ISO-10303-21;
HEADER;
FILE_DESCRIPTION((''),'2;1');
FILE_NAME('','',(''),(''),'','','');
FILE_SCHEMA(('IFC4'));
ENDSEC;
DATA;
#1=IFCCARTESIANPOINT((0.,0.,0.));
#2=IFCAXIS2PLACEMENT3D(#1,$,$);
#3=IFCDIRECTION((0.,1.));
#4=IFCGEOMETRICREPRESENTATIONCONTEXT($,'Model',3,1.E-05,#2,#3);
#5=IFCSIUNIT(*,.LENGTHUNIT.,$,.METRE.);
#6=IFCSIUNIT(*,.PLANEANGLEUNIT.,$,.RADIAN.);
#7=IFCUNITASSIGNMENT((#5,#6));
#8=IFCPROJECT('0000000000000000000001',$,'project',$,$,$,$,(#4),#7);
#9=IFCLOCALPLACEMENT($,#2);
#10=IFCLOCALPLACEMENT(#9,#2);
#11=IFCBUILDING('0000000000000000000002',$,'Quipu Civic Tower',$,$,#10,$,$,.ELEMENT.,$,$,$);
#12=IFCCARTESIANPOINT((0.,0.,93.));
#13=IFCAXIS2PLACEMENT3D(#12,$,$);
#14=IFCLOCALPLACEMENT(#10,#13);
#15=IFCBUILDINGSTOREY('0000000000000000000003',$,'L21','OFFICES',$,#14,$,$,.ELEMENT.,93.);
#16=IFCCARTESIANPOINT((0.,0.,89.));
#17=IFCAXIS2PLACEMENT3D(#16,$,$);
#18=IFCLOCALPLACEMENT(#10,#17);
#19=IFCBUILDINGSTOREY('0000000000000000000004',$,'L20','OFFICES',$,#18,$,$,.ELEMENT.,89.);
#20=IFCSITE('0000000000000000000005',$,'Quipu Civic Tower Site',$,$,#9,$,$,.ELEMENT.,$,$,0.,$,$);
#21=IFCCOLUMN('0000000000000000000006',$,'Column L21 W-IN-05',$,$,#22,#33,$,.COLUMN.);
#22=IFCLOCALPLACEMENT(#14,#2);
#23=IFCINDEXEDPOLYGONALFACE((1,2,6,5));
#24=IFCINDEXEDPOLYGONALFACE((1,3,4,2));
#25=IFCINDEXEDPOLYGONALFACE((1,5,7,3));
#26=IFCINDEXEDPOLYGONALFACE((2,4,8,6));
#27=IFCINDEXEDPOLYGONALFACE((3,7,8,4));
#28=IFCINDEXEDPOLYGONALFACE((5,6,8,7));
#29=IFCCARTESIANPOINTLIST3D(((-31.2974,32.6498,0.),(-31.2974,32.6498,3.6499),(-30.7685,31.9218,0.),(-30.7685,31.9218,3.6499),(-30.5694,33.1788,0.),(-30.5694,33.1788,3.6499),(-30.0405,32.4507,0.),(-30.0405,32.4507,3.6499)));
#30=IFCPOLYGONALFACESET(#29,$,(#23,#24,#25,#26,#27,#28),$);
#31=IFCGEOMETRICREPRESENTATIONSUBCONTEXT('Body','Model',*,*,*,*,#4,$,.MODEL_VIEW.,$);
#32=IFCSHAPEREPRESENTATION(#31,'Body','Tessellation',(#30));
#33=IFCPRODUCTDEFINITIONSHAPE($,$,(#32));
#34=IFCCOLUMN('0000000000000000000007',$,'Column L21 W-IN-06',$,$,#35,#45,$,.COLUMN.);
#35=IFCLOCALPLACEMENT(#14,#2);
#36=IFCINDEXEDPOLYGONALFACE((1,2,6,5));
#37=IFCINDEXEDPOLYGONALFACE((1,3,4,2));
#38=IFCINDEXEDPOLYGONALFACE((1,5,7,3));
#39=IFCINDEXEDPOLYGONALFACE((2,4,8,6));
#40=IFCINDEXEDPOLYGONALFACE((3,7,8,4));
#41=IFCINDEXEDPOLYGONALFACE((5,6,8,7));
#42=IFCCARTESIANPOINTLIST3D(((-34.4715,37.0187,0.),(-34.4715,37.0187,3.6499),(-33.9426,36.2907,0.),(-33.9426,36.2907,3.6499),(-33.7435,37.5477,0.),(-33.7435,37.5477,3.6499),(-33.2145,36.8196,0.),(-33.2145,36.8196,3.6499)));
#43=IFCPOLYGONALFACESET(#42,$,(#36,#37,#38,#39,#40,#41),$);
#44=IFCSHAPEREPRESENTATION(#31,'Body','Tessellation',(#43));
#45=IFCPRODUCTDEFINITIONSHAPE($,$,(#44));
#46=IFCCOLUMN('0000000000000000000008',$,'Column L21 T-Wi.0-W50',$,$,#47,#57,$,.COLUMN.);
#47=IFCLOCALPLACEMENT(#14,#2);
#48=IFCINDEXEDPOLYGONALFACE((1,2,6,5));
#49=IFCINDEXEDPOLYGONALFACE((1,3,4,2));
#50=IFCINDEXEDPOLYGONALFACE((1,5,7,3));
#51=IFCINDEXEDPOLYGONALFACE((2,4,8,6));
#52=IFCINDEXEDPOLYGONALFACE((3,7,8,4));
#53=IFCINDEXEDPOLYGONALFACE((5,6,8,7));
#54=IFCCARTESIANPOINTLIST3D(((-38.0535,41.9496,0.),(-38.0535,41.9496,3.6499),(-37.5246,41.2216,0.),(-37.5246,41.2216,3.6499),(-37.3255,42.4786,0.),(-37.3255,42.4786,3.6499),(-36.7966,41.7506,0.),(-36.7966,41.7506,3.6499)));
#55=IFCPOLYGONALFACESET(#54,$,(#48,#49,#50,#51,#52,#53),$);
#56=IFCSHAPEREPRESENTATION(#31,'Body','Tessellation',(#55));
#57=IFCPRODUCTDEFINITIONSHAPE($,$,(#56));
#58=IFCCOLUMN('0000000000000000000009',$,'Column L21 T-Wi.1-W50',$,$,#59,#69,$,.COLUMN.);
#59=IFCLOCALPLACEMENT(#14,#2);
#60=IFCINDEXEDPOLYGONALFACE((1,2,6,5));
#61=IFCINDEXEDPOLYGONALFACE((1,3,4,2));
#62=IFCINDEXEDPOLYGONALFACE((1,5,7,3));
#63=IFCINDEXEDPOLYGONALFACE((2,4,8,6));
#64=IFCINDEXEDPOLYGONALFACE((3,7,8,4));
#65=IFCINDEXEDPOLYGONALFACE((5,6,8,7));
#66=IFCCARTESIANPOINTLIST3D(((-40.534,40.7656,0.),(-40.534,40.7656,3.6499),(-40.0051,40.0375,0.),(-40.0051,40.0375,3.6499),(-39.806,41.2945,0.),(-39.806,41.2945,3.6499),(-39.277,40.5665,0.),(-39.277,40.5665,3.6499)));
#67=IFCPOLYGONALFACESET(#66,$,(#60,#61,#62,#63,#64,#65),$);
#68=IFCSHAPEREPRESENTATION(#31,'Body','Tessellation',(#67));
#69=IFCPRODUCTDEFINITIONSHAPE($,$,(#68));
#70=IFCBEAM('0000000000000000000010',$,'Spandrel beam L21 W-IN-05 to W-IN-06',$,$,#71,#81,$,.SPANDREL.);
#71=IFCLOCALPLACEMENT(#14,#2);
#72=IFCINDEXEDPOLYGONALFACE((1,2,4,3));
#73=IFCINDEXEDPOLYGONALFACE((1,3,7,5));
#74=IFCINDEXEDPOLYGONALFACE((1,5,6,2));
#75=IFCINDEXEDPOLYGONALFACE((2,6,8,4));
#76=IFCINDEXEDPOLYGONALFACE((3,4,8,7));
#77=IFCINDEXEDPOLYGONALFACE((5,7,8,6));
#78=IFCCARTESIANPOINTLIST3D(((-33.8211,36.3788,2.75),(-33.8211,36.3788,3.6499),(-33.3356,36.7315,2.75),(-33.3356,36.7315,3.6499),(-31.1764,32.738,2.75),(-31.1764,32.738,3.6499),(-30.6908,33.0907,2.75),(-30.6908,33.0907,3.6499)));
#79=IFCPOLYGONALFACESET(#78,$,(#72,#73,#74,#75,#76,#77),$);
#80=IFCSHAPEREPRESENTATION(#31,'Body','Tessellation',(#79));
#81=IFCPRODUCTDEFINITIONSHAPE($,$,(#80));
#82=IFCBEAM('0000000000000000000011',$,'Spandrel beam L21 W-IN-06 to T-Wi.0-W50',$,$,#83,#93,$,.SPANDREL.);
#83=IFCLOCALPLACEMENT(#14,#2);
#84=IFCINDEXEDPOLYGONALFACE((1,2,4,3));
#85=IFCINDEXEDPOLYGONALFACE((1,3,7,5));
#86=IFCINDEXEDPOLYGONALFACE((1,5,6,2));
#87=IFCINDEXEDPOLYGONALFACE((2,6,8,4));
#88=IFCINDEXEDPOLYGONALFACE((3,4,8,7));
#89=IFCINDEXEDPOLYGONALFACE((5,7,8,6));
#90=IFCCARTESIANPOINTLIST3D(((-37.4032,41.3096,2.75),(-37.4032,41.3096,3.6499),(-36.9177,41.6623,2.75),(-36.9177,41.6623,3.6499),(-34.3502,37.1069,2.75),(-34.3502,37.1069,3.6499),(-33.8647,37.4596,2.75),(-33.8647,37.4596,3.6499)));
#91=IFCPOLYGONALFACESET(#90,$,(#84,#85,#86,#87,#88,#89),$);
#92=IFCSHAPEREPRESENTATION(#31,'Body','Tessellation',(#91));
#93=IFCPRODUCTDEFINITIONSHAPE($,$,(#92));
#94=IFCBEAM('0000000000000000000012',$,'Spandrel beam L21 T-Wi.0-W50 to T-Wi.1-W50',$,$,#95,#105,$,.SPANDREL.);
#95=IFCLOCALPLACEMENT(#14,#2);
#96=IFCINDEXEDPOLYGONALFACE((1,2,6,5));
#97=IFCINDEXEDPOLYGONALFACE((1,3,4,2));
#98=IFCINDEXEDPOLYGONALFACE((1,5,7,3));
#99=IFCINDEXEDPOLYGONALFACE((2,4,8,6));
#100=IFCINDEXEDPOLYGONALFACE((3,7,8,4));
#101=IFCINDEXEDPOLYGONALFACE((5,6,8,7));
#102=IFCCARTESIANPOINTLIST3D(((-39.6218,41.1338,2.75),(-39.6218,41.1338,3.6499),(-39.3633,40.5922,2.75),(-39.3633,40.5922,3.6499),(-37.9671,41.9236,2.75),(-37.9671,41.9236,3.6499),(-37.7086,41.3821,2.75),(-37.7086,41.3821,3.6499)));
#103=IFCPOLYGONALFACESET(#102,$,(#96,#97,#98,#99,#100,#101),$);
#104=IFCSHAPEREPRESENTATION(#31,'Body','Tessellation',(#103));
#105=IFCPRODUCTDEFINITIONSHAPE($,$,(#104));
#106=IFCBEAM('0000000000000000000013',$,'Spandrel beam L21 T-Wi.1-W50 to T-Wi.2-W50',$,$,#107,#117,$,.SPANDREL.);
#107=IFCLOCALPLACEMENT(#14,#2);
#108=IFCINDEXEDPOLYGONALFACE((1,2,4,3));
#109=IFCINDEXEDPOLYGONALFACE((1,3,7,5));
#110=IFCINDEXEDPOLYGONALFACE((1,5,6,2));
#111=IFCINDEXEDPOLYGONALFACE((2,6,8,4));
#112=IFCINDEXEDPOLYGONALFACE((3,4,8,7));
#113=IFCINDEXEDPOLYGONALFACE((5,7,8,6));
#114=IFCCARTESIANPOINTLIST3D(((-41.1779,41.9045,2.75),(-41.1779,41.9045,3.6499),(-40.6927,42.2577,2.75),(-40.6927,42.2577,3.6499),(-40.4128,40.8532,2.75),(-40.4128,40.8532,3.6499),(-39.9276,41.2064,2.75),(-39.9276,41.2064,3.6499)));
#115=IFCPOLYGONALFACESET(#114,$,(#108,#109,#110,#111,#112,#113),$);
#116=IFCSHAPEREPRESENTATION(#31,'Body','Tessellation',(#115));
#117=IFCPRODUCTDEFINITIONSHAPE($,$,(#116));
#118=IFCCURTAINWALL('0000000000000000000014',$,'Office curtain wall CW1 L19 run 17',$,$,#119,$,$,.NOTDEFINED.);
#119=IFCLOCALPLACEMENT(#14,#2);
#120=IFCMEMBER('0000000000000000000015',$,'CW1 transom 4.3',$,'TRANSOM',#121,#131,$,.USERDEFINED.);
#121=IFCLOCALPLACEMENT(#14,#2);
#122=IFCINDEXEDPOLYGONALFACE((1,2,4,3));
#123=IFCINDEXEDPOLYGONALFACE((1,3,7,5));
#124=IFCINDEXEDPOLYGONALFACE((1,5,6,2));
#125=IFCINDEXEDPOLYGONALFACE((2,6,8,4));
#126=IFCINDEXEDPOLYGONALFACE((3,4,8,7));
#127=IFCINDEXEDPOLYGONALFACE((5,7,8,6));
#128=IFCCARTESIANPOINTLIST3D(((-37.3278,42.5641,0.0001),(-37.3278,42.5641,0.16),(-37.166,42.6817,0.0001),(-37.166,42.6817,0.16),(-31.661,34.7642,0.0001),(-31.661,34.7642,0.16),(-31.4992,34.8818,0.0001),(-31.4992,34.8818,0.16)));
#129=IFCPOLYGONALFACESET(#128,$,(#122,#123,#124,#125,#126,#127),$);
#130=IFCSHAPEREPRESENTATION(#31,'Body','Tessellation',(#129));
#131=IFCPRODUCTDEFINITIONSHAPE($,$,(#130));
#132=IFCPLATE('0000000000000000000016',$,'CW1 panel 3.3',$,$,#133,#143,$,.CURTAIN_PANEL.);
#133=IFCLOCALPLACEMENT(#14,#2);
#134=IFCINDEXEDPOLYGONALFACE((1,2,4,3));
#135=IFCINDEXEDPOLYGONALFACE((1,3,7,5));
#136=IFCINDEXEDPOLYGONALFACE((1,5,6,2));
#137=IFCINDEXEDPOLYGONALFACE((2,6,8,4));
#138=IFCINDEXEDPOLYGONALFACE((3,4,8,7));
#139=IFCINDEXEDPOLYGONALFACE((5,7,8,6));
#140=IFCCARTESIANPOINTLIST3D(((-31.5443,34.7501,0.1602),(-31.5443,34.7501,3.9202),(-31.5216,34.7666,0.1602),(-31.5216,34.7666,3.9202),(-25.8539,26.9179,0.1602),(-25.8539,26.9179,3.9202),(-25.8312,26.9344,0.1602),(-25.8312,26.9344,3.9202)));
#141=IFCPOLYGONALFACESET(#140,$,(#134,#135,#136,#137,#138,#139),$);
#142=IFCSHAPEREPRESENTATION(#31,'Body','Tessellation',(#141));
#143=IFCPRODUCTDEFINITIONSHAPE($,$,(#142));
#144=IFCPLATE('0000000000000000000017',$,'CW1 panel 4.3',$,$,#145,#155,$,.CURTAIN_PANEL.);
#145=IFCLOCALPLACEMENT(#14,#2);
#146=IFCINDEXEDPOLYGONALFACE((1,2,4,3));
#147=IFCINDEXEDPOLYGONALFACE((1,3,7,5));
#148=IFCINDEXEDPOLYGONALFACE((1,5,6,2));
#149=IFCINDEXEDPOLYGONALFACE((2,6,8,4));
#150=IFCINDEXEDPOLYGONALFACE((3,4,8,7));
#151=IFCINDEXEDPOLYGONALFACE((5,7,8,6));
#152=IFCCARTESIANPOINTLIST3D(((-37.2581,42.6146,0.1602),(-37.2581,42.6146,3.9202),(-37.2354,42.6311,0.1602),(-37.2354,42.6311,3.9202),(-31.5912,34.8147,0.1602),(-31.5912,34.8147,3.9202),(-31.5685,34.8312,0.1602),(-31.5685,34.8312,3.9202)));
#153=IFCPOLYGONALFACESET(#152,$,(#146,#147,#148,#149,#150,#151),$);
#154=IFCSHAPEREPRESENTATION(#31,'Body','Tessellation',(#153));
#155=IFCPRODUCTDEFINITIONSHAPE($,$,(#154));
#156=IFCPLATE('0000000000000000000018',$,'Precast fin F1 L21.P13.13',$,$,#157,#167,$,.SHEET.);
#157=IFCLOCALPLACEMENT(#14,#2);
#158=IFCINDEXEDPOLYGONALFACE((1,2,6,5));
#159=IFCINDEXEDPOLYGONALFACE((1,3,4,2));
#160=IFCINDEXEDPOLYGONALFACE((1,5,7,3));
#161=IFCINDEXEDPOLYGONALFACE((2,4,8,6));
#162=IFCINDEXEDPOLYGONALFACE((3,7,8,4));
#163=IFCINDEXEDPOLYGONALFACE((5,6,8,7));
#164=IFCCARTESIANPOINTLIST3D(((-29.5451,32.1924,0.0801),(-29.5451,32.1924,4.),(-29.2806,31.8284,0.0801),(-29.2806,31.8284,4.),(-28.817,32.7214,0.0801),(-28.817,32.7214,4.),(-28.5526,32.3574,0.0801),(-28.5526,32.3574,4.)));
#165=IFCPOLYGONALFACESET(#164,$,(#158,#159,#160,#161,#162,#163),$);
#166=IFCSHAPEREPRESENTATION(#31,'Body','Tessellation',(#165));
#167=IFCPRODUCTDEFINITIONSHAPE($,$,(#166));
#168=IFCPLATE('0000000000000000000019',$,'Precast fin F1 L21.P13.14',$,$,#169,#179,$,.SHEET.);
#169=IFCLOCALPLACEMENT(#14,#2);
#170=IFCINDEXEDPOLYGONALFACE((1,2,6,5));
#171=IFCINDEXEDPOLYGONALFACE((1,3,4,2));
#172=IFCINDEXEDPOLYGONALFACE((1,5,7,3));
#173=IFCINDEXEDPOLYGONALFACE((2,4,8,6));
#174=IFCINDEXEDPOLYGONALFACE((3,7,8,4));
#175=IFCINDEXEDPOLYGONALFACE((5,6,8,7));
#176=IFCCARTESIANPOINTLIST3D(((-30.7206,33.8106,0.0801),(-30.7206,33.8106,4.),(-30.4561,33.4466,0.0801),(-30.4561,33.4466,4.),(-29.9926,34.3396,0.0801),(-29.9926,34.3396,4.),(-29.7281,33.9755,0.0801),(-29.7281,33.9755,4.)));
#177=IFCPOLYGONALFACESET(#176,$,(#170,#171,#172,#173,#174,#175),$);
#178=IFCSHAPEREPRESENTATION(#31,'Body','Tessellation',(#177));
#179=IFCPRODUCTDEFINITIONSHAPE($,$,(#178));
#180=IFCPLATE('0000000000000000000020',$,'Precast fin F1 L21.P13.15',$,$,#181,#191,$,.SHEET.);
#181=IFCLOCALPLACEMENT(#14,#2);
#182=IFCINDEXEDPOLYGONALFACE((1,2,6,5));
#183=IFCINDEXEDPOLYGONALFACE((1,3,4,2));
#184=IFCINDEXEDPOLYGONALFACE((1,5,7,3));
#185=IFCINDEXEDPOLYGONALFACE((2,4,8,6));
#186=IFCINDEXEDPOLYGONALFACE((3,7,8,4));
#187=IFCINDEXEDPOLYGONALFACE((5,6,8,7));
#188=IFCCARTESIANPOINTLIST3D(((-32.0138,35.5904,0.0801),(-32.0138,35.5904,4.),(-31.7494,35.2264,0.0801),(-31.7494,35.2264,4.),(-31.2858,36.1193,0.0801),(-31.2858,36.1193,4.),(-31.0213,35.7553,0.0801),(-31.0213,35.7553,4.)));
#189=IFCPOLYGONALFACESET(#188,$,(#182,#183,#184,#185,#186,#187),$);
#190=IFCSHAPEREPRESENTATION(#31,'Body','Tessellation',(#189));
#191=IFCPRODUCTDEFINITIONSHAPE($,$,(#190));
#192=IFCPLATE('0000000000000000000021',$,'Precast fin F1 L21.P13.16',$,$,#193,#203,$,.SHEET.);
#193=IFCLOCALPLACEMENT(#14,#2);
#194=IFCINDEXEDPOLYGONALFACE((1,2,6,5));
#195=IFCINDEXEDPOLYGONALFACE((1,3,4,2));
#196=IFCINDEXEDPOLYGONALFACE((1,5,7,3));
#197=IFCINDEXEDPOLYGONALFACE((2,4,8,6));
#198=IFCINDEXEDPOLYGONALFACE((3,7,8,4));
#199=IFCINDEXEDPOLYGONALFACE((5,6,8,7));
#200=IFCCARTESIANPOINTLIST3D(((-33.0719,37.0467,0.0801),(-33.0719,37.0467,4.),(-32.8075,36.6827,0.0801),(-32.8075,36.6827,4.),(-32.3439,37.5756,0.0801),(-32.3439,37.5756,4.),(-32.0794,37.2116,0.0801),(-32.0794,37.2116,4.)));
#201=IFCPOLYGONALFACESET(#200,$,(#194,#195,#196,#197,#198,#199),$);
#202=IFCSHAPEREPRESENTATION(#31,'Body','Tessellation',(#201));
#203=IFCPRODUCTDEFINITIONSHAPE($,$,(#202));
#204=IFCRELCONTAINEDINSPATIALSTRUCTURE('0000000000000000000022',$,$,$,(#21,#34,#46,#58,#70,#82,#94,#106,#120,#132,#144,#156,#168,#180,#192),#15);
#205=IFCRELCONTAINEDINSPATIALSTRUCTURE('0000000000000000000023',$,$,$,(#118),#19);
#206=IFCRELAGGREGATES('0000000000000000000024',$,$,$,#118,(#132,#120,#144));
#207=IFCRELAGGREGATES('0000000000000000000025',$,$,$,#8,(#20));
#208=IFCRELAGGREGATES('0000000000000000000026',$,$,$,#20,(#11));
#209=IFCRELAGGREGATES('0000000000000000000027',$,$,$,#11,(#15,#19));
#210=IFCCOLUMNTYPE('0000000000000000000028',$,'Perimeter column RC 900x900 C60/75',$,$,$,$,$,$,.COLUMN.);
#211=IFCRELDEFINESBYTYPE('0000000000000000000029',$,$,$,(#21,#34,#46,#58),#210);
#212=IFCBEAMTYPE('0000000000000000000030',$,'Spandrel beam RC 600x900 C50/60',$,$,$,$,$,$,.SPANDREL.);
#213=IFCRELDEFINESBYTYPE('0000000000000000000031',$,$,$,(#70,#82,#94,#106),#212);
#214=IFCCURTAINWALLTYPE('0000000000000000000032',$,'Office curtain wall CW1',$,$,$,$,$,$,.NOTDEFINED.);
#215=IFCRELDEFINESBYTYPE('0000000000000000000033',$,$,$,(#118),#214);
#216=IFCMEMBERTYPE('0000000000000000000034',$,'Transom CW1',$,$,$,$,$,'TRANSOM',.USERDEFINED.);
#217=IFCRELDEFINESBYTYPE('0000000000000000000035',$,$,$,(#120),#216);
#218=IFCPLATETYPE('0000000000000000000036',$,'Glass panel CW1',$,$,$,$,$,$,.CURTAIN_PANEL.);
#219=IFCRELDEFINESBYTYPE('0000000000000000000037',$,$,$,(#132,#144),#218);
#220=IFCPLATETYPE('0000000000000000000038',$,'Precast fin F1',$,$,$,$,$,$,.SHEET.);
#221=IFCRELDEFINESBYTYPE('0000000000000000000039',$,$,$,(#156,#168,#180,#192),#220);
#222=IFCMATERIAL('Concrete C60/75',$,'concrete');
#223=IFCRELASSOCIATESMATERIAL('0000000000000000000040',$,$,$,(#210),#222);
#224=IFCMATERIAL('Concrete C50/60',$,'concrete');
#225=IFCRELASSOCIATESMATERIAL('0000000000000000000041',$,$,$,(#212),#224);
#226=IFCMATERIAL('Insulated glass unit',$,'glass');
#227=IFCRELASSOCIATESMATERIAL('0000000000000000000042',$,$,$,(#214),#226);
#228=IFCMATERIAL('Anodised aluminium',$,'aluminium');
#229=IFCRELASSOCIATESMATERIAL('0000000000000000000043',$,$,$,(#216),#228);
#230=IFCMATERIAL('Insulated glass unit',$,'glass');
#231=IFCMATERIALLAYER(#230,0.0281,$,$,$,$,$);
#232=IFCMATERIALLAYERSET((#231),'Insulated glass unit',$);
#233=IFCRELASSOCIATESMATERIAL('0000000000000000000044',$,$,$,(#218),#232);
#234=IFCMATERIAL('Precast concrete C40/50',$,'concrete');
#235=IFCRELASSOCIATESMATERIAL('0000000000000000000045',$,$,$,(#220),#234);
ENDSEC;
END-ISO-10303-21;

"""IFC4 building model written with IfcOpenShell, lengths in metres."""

from ifc_helpers import new_model, si_unit, direction, frame, origin, origin_2d, place, context, subcontext, project, spatial, rectangle, extrude, material, layer, layer_set, material_profile, profile_set, type_object, element, aggregate, save


model = new_model("IFC4")

# Units and contexts
model_context = context("Model", 3, precision=1e-05, world=origin(), true_north=direction((0.0, 1.0)))
body_context = subcontext(model_context, "Body", "Model", "MODEL_VIEW")
ifc_project = project(units=[si_unit("LENGTHUNIT", "METRE"), si_unit("PLANEANGLEUNIT", "RADIAN")], contexts=[model_context])

# Site, building, storey
site_placement = place(None, origin())
site = spatial("IfcSite", under=ifc_project, at=site_placement, Name="Quipu Civic Tower Site", CompositionType="ELEMENT", RefElevation=0.0)
building_placement = place(site_placement, origin())
building = spatial("IfcBuilding", under=site, at=building_placement, Name="Quipu Civic Tower", CompositionType="ELEMENT")
storey_1_placement = place(building_placement, frame((0.0, 0.0, 93.0)))
storey_1 = spatial("IfcBuildingStorey", under=building, at=storey_1_placement, Name="L21", Description="OFFICES", CompositionType="ELEMENT", Elevation=93.0)

# Columns
ifc_material_1 = material(Name="Concrete C60/75", Category="concrete")
ifc_material_profile_1 = material_profile(ifc_material_1, rectangle(XDim=0.8999, YDim=0.8999, at=origin_2d()), Name="RC900x900")
ifc_profile_set_1 = profile_set([ifc_material_profile_1], Name="Concrete C60/75")
column_type = type_object("IfcColumnType", Name="Perimeter column RC 900x900 C60/75", PredefinedType="COLUMN", material=ifc_profile_set_1)
for number, where, z_axis, x_axis, name in (
    (1, (-30.6689, 32.5503, 0.0), (0.0, 0.0, 1.0), (-0.587785, 0.809017, 0.0), "Column L21 W-IN-05"),
    (2, (-33.843, 36.9192, 0.0), (0.0, 0.0, 1.0), (-0.587785, 0.809017, 0.0), "Column L21 W-IN-06"),
    (3, (-37.425, 41.8501, 0.0), (0.0, 0.0, 1.0), (-0.587785, 0.809017, 0.0), "Column L21 T-Wi.0-W50"),
    (4, (-39.9055, 40.666, 0.0), (0.0, 0.0, 1.0), (-0.587785, 0.809017, 0.0), "Column L21 T-Wi.1-W50"),
):
    element("IfcColumn", number, at=place(storey_1_placement, frame(where, z_axis=z_axis, x_axis=x_axis)), inside=storey_1, type_object=column_type, Name=name, PredefinedType="COLUMN", context=body_context, shape_type="SweptSolid", body=[
        extrude(rectangle(XDim=0.8999, YDim=0.8999, at=origin_2d()), origin(), (0.0, 0.0, 1.0), 3.6499),
    ])

# Beams
ifc_material_2 = material(Name="Concrete C50/60", Category="concrete")
ifc_material_profile_2 = material_profile(ifc_material_2, rectangle(XDim=0.6001, YDim=0.8999, at=origin_2d()), Name="RC600x900")
ifc_profile_set_2 = profile_set([ifc_material_profile_2], Name="Concrete C50/60")
beam_type = type_object("IfcBeamType", Name="Spandrel beam RC 600x900 C50/60", PredefinedType="SPANDREL", material=ifc_profile_set_2)
beam_1_placement = place(storey_1_placement, frame((-30.9336, 32.9143, 3.2), z_axis=(-0.587717, 0.809067, 0.0), x_axis=(-0.809067, -0.587717, 0.0)))
element("IfcBeam", 5, at=beam_1_placement, inside=storey_1, type_object=beam_type, Name="Spandrel beam L21 W-IN-05 to W-IN-06", PredefinedType="SPANDREL", context=body_context, shape_type="SweptSolid", body=[
    extrude(rectangle(XDim=0.6001, YDim=0.8999, at=origin_2d()), origin(), (0.0, 0.0, 1.0), 4.5),
])
beam_2_placement = place(storey_1_placement, frame((-34.1074, 37.2832, 3.2), z_axis=(-0.587733, 0.809055, 0.0), x_axis=(-0.809055, -0.587733, 0.0)))
element("IfcBeam", 6, at=beam_2_placement, inside=storey_1, type_object=beam_type, Name="Spandrel beam L21 W-IN-06 to T-Wi.0-W50", PredefinedType="SPANDREL", context=body_context, shape_type="SweptSolid", body=[
    extrude(rectangle(XDim=0.6001, YDim=0.8999, at=origin_2d()), origin(), (0.0, 0.0, 1.0), 5.1946),
])
beam_3_placement = place(storey_1_placement, frame((-37.8379, 41.6528, 3.2), z_axis=(-0.902454, -0.430786, 0.0), x_axis=(0.430786, -0.902454, 0.0)))
element("IfcBeam", 7, at=beam_3_placement, inside=storey_1, type_object=beam_type, Name="Spandrel beam L21 T-Wi.0-W50 to T-Wi.1-W50", PredefinedType="SPANDREL", context=body_context, shape_type="SweptSolid", body=[
    extrude(rectangle(XDim=0.6001, YDim=0.8999, at=origin_2d()), origin(), (0.0, 0.0, 1.0), 1.8335),
])
beam_4_placement = place(storey_1_placement, frame((-40.1702, 41.0298, 3.2), z_axis=(-0.588462, 0.808525, 0.0), x_axis=(-0.808525, -0.588462, 0.0)))
element("IfcBeam", 8, at=beam_4_placement, inside=storey_1, type_object=beam_type, Name="Spandrel beam L21 T-Wi.1-W50 to T-Wi.2-W50", PredefinedType="SPANDREL", context=body_context, shape_type="SweptSolid", body=[
    extrude(rectangle(XDim=0.6001, YDim=0.8999, at=origin_2d()), origin(), (0.0, 0.0, 1.0), 1.3003),
])

# Shared definitions
storey_2_placement = place(building_placement, frame((0.0, 0.0, 89.0)))
storey_2 = spatial("IfcBuildingStorey", under=building, at=storey_2_placement, Name="L20", Description="OFFICES", CompositionType="ELEMENT", Elevation=89.0)

# Curtain wall, member, plates
ifc_material_3 = material(Name="Insulated glass unit", Category="glass")
curtain_wall_type = type_object("IfcCurtainWallType", Name="Office curtain wall CW1", PredefinedType="NOTDEFINED", material=ifc_material_3)
curtain_wall_placement = place(storey_2_placement, origin())
curtain_wall = element("IfcCurtainWall", 9, at=curtain_wall_placement, inside=storey_2, type_object=curtain_wall_type, Name="Office curtain wall CW1 L19 run 17", PredefinedType="NOTDEFINED")
ifc_material_4 = material(Name="Anodised aluminium", Category="aluminium")
ifc_material_profile_3 = material_profile(ifc_material_4, rectangle(XDim=0.2, YDim=0.1599, at=origin_2d()), Name="RECT 200x160")
ifc_profile_set_3 = profile_set([ifc_material_profile_3], Name="Anodised aluminium")
member_type = type_object("IfcMemberType", Name="Transom CW1", ElementType="TRANSOM", PredefinedType="USERDEFINED", material=ifc_profile_set_3)
member_placement = place(storey_1_placement, frame((-31.5801, 34.823, 0.0801), z_axis=(-0.587776, 0.809024, 0.0), x_axis=(-0.809024, -0.587776, 0.0)))
member = element("IfcMember", 10, at=member_placement, inside=storey_1, type_object=member_type, Name="CW1 transom 4.3", ObjectType="TRANSOM", PredefinedType="USERDEFINED", context=body_context, shape_type="SweptSolid", body=[
    extrude(rectangle(XDim=0.2, YDim=0.1599, at=origin_2d()), origin(), (0.0, 0.0, 1.0), 9.6411),
])
ifc_material_5 = material(Name="Insulated glass unit", Category="glass")
ifc_layer_1 = layer(ifc_material_5, 0.0281)
ifc_layer_set_1 = layer_set([ifc_layer_1], Name="Insulated glass unit")
plate_type_1 = type_object("IfcPlateType", Name="Glass panel CW1", PredefinedType="CURTAIN_PANEL", material=ifc_layer_set_1)
plate_1_placement = place(storey_1_placement, frame((-28.6877, 30.8423, 0.1602), z_axis=(0.0, 0.0, 1.0), x_axis=(-0.587786, 0.809017, 0.0)))
plate_1 = element("IfcPlate", 11, at=plate_1_placement, inside=storey_1, type_object=plate_type_1, Name="CW1 panel 3.3", PredefinedType="CURTAIN_PANEL", context=body_context, shape_type="SweptSolid", body=[
    extrude(rectangle(XDim=9.6812, YDim=0.0281, at=origin_2d()), origin(), (0.0, 0.0, 1.0), 3.76),
])
plate_2_placement = place(storey_1_placement, frame((-34.4133, 38.7229, 0.1602), z_axis=(0.0, 0.0, 1.0), x_axis=(-0.587786, 0.809017, 0.0)))
plate_2 = element("IfcPlate", 12, at=plate_2_placement, inside=storey_1, type_object=plate_type_1, Name="CW1 panel 4.3", PredefinedType="CURTAIN_PANEL", context=body_context, shape_type="SweptSolid", body=[
    extrude(rectangle(XDim=9.6411, YDim=0.0281, at=origin_2d()), origin(), (0.0, 0.0, 1.0), 3.76),
])
aggregate(curtain_wall, [plate_1, member, plate_2])

# Plates
ifc_material_6 = material(Name="Precast concrete C40/50", Category="concrete")
plate_type_2 = type_object("IfcPlateType", Name="Precast fin F1", PredefinedType="SHEET", material=ifc_material_6)
for number, where, z_axis, x_axis, name in (
    (13, (-29.0488, 32.2749, 0.0801), (0.0, 0.0, 1.0), (-0.587785, 0.809017, 0.0), "Precast fin F1 L21.P13.13"),
    (14, (-30.2244, 33.8931, 0.0801), (0.0, 0.0, 1.0), (-0.587785, 0.809017, 0.0), "Precast fin F1 L21.P13.14"),
    (15, (-31.5176, 35.6729, 0.0801), (0.0, 0.0, 1.0), (-0.587785, 0.809017, 0.0), "Precast fin F1 L21.P13.15"),
    (16, (-32.5757, 37.1292, 0.0801), (0.0, 0.0, 1.0), (-0.587785, 0.809017, 0.0), "Precast fin F1 L21.P13.16"),
):
    element("IfcPlate", number, at=place(storey_1_placement, frame(where, z_axis=z_axis, x_axis=x_axis)), inside=storey_1, type_object=plate_type_2, Name=name, PredefinedType="SHEET", context=body_context, shape_type="SweptSolid", body=[
        extrude(rectangle(XDim=0.45, YDim=0.8999, at=origin_2d()), origin(), (0.0, 0.0, 1.0), 3.9199),
    ])

save(model, "model.ifc")
